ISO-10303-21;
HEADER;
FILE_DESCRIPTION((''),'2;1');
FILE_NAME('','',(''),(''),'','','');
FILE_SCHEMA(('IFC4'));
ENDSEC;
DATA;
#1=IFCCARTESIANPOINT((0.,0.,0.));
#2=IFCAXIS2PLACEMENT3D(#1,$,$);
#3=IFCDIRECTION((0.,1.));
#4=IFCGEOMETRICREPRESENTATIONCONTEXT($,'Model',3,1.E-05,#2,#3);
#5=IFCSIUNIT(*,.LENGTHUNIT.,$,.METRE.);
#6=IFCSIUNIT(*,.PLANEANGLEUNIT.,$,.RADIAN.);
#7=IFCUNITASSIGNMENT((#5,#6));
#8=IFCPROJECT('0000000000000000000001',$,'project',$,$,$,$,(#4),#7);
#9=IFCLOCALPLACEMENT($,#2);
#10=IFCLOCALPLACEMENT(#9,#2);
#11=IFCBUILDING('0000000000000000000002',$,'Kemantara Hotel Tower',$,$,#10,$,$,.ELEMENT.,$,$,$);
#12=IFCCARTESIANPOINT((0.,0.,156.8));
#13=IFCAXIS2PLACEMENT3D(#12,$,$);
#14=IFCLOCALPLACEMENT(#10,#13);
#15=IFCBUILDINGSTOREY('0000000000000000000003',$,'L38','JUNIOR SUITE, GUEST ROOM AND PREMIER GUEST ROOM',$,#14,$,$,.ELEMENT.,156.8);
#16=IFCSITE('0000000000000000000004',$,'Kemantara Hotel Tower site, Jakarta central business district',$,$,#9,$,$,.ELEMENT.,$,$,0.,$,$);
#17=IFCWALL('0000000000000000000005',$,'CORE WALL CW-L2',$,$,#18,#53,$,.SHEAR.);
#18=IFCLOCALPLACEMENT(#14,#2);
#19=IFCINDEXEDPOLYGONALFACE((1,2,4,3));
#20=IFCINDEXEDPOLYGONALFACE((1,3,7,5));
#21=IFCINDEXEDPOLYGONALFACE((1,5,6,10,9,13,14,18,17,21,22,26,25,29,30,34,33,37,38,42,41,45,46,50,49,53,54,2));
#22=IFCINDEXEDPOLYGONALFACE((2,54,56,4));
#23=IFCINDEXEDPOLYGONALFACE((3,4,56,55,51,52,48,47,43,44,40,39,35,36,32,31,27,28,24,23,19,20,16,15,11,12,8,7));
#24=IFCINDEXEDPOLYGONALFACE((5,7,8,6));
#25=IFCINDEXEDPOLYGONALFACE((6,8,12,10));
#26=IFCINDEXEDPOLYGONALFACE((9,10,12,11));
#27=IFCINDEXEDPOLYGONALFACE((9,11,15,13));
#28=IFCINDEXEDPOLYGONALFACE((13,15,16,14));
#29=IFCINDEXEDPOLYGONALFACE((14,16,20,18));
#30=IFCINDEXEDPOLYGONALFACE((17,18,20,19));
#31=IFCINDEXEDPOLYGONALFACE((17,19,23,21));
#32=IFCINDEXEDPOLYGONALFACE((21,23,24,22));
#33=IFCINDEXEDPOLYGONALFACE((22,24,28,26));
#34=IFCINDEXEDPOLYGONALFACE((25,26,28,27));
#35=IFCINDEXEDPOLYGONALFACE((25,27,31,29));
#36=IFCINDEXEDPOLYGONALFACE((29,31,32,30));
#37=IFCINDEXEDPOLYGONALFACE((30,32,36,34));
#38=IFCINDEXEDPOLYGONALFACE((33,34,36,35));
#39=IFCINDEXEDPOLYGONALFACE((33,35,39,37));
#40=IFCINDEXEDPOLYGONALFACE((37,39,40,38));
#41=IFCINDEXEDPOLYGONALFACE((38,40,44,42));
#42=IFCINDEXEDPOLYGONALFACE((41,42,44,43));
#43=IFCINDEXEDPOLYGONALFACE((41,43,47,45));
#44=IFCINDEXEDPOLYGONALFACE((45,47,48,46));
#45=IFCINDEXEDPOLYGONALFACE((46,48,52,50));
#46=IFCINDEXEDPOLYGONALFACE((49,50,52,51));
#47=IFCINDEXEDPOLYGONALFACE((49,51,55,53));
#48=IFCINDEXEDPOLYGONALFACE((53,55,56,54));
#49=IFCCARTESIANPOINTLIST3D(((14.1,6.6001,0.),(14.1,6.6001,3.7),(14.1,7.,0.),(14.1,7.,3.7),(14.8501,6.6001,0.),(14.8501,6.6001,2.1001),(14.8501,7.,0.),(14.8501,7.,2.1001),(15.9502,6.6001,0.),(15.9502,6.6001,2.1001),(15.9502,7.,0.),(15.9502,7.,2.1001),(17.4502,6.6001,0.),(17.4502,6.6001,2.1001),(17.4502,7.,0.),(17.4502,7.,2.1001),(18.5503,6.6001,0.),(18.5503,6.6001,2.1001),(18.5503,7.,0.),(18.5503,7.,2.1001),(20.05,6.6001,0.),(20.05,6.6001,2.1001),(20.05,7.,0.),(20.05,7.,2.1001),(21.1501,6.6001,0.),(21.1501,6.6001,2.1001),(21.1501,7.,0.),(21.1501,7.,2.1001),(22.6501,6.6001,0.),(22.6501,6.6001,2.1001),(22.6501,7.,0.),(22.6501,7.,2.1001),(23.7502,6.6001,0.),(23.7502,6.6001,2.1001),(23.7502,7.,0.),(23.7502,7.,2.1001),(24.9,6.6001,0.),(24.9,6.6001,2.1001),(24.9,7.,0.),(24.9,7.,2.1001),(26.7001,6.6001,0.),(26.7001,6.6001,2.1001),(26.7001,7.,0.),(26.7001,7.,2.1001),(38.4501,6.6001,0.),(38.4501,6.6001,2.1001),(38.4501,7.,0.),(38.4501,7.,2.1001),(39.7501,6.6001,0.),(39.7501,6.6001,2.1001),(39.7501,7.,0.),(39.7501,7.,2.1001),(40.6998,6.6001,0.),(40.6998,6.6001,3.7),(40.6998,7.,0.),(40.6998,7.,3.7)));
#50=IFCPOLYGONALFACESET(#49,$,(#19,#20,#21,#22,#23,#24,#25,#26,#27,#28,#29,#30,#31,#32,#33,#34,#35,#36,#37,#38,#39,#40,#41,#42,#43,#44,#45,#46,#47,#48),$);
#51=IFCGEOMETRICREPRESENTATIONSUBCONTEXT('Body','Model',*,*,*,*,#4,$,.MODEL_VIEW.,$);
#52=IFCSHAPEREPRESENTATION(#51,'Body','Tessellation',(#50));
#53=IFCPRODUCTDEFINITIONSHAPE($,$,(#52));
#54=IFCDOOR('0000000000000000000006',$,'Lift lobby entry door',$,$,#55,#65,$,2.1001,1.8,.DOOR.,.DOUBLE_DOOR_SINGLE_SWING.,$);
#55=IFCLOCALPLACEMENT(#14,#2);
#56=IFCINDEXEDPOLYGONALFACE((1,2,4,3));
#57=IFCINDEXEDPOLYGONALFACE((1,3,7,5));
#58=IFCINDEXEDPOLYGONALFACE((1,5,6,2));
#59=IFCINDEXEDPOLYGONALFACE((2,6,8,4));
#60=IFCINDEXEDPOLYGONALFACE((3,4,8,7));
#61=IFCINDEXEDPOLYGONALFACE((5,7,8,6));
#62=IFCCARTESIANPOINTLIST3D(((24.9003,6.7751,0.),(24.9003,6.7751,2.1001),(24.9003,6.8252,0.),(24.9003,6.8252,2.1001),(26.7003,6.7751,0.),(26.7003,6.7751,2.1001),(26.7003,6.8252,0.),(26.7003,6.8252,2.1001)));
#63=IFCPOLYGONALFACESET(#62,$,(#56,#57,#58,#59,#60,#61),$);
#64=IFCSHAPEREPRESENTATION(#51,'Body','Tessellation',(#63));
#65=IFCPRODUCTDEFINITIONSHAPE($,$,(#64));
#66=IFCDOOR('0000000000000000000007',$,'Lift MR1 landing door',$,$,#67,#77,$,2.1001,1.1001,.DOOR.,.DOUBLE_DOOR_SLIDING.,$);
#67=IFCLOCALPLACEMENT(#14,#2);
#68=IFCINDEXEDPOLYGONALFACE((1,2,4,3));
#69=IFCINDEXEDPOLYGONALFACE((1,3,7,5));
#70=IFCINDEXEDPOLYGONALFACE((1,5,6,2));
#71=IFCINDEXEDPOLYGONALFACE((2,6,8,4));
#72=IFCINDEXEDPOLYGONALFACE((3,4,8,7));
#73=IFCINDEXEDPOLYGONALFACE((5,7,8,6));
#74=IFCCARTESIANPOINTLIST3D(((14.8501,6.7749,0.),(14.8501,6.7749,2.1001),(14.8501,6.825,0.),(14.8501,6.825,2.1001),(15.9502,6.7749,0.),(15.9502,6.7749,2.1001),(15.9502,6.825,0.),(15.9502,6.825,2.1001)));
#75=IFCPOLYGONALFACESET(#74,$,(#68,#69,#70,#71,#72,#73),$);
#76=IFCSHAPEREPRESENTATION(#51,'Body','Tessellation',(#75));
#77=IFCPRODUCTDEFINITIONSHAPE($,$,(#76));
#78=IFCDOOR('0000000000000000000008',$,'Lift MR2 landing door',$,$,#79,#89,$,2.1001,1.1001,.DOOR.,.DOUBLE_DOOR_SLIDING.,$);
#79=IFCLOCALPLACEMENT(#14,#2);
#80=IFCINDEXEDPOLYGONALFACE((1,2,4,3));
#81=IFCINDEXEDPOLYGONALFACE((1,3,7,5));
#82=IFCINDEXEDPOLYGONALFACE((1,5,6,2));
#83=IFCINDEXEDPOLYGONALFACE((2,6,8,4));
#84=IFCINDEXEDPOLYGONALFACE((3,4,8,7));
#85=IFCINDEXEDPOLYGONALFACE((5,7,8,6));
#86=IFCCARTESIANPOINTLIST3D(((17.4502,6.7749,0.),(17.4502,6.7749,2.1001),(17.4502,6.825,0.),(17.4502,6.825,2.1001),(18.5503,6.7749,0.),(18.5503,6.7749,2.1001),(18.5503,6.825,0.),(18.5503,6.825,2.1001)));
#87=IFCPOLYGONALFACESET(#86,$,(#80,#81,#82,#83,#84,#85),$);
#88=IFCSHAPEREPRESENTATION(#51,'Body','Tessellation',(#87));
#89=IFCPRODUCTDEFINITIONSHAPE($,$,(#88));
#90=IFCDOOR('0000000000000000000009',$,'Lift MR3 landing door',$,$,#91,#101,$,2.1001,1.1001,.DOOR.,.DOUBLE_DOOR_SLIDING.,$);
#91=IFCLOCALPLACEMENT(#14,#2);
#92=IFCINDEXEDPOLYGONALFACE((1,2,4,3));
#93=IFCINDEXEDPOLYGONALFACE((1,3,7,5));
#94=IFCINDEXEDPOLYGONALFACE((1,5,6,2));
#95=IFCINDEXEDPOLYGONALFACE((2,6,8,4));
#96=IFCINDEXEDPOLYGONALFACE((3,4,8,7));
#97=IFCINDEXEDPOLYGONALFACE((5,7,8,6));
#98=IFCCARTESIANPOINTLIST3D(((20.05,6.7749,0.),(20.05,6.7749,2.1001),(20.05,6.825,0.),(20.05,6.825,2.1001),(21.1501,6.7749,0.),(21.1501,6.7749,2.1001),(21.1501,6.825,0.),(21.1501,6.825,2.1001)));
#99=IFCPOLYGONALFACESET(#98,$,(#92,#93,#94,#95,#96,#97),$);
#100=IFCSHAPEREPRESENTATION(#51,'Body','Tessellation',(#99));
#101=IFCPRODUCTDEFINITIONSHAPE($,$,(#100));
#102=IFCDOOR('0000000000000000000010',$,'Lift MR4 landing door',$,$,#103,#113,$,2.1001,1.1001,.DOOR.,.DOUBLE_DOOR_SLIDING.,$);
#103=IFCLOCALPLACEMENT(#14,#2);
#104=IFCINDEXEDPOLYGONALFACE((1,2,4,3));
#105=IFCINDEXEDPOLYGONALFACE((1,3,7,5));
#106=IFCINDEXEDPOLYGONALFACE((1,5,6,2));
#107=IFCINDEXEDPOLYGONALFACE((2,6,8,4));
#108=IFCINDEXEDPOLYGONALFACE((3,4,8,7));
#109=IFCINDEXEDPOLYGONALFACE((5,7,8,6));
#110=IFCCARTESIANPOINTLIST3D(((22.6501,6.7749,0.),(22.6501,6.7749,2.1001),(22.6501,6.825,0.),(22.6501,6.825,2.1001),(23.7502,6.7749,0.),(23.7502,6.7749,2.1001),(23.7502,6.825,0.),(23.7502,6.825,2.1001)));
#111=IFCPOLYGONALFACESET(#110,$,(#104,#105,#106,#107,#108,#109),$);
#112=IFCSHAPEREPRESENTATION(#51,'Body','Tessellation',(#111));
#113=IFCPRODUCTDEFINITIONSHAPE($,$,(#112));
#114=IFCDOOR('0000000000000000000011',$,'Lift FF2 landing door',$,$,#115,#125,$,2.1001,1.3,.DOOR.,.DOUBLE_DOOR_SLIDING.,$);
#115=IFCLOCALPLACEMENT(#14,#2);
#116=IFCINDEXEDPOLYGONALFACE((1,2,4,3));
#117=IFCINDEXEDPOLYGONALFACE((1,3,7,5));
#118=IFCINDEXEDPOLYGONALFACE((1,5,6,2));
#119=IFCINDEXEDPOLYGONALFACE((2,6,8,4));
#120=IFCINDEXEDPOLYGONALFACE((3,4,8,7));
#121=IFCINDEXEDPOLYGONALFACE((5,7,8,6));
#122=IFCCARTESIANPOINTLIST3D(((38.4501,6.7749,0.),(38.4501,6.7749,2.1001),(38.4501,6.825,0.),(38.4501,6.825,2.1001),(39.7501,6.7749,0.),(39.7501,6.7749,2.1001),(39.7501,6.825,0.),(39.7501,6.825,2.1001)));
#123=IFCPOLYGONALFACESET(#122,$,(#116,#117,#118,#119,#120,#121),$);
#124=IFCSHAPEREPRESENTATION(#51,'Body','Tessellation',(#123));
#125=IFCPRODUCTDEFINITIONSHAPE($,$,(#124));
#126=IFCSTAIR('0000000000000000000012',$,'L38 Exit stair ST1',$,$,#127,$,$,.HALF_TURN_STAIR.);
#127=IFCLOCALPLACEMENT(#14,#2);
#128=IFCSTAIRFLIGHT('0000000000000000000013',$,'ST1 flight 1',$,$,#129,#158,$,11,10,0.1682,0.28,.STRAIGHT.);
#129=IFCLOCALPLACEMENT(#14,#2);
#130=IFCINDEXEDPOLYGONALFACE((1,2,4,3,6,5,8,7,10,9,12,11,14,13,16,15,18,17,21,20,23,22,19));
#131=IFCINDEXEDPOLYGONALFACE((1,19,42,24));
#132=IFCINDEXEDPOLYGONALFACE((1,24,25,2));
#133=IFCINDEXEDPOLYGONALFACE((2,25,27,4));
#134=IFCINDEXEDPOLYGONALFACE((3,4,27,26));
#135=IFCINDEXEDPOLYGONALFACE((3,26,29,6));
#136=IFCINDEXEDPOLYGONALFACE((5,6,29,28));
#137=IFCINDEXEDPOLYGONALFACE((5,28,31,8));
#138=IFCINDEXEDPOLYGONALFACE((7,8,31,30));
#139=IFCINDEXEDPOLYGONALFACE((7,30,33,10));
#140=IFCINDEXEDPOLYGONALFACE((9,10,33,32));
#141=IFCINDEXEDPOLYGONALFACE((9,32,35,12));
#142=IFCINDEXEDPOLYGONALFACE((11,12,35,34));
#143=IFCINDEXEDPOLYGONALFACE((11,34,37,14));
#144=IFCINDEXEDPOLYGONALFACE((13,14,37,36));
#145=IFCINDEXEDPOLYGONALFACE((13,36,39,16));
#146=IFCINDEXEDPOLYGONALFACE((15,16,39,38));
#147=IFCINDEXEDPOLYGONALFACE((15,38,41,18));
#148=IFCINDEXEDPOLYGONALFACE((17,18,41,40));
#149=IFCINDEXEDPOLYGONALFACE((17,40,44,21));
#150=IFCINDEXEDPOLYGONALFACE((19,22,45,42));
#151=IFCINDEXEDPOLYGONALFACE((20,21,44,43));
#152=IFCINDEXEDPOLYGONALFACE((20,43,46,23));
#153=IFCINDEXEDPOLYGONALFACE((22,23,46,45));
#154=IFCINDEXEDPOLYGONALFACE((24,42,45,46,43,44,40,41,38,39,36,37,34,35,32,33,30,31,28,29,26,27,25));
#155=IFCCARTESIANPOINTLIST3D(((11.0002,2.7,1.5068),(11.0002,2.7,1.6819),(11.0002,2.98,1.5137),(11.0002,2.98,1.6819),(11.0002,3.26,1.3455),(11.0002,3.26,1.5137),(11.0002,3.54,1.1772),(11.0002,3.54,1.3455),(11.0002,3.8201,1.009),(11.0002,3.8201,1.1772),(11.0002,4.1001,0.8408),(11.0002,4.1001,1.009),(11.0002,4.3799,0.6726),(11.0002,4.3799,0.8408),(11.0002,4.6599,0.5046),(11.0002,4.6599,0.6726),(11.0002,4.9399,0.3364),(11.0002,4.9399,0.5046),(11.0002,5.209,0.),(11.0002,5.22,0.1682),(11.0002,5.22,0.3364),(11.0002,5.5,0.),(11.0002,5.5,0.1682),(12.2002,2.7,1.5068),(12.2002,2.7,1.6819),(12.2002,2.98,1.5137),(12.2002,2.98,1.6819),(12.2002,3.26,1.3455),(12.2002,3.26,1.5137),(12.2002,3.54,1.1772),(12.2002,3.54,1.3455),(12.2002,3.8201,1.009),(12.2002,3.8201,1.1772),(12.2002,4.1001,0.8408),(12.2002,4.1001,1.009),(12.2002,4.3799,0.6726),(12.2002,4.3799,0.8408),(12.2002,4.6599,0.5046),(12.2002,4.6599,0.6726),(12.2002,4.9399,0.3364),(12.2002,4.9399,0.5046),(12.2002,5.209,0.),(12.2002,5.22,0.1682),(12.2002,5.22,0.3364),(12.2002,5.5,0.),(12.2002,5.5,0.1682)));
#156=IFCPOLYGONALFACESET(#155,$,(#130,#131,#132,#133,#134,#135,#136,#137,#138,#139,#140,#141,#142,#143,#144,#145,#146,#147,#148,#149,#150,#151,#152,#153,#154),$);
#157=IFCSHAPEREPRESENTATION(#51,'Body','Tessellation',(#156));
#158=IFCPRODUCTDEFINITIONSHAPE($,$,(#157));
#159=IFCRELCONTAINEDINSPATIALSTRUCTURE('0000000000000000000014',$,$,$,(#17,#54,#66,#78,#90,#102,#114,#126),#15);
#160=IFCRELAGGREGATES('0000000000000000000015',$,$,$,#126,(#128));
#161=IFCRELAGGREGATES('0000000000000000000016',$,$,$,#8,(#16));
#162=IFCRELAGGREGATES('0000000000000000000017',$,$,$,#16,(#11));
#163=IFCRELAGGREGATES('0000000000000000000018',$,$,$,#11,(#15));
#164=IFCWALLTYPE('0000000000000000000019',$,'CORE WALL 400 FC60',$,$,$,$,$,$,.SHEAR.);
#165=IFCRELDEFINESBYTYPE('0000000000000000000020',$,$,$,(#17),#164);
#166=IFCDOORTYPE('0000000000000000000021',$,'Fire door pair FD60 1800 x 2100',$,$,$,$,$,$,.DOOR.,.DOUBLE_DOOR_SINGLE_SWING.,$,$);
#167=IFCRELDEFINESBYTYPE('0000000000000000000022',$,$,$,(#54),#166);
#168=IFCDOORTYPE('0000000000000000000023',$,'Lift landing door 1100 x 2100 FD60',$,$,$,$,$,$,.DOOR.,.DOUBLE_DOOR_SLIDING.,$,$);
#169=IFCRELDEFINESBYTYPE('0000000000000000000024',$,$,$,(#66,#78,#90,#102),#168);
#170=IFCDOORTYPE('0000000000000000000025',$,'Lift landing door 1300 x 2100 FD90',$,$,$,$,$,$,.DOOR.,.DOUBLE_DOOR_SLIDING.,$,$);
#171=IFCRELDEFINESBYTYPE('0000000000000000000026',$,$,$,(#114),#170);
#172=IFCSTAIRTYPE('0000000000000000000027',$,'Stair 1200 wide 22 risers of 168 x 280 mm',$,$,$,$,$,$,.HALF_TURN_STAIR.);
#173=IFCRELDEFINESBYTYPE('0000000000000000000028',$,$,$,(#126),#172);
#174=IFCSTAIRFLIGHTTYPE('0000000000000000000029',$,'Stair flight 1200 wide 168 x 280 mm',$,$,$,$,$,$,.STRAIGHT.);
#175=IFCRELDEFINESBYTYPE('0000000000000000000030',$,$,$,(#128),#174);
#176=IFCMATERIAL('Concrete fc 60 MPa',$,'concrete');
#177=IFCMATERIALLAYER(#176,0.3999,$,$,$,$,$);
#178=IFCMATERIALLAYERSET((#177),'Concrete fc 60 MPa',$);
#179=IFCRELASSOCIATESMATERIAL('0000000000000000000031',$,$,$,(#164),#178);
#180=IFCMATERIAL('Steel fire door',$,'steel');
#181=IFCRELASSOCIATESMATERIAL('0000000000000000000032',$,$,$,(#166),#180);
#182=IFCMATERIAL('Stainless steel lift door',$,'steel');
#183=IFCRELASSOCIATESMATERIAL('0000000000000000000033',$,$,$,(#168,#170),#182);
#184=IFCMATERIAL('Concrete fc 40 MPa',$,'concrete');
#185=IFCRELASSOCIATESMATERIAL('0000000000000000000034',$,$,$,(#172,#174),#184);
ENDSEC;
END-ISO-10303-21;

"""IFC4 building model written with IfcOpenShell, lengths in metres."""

from ifc_helpers import new_model, si_unit, direction, frame, frame_2d, origin, place, context, subcontext, project, spatial, polyline, rectangle, outline, extrude, material, layer, layer_set, type_object, element, fill, aggregate, save


model = new_model("IFC4")

# Units and contexts
model_context = context("Model", 3, precision=1e-05, world=origin(), true_north=direction((0.0, 1.0)))
body_context = subcontext(model_context, "Body", "Model", "MODEL_VIEW")
ifc_project = project(units=[si_unit("LENGTHUNIT", "METRE"), si_unit("PLANEANGLEUNIT", "RADIAN")], contexts=[model_context])

# Site, building, storey
site_placement = place(None, origin())
site = spatial("IfcSite", under=ifc_project, at=site_placement, Name="Kemantara Hotel Tower site, Jakarta central business district", CompositionType="ELEMENT", RefElevation=0.0)
building_placement = place(site_placement, origin())
building = spatial("IfcBuilding", under=site, at=building_placement, Name="Kemantara Hotel Tower", CompositionType="ELEMENT")
storey_placement = place(building_placement, frame((0.0, 0.0, 156.8)))
storey = spatial("IfcBuildingStorey", under=building, at=storey_placement, Name="L38", Description="JUNIOR SUITE, GUEST ROOM AND PREMIER GUEST ROOM", CompositionType="ELEMENT", Elevation=156.8)

# Shared definitions
ifc_material_1 = material(Name="Concrete fc 60 MPa", Category="concrete")

# Shared definitions
ifc_layer_1 = layer(ifc_material_1, 0.3999)
ifc_layer_set_1 = layer_set([ifc_layer_1], Name="Concrete fc 60 MPa")
wall_type_1 = type_object("IfcWallType", Name="CORE WALL 400 FC60", PredefinedType="SHEAR", material=ifc_layer_set_1)
ifc_material_2 = material(Name="Steel fire door", Category="steel")

# Wall, openings, doors
wall_1_placement = place(storey_placement, frame((14.1001, 6.8, 0.0), z_axis=(0.0, 0.0, 1.0), x_axis=(1.0, 0.0, 0.0)))
wall_1 = element("IfcWall", 1, at=wall_1_placement, inside=storey, type_object=wall_type_1, Name="CORE WALL CW-L2", PredefinedType="SHEAR", context=body_context, shape_type="SweptSolid", body=[
    extrude(rectangle(XDim=26.5999, YDim=0.3999, at=frame_2d((13.2998, 0.0))), origin(), (0.0, 0.0, 1.0), 3.7),
])
opening_1_placement = place(wall_1_placement, frame((10.8, 0.0, 0.0)))
opening_1 = element("IfcOpeningElement", 2, at=opening_1_placement, cuts=wall_1, PredefinedType="OPENING", context=body_context, shape_type="SweptSolid", body=[
    extrude(rectangle(XDim=1.8, YDim=2.1001, at=frame_2d((0.8999, 1.05))), frame((0.0, 0.21, 0.0), z_axis=(0.0, -1.0, 0.0), x_axis=(1.0, 0.0, 0.0)), (0.0, 0.0, 1.0), 0.4199),
])
opening_2_placement = place(wall_1_placement, frame((0.75, 0.0, 0.0)))
opening_2 = element("IfcOpeningElement", 3, at=opening_2_placement, cuts=wall_1, PredefinedType="OPENING", context=body_context, shape_type="SweptSolid", body=[
    extrude(rectangle(XDim=1.1001, YDim=2.1001, at=frame_2d((0.55, 1.05))), frame((0.0, 0.21, 0.0), z_axis=(0.0, -1.0, 0.0), x_axis=(1.0, 0.0, 0.0)), (0.0, 0.0, 1.0), 0.4199),
])
opening_3_placement = place(wall_1_placement, frame((3.3501, 0.0, 0.0)))
opening_3 = element("IfcOpeningElement", 4, at=opening_3_placement, cuts=wall_1, PredefinedType="OPENING", context=body_context, shape_type="SweptSolid", body=[
    extrude(rectangle(XDim=1.1001, YDim=2.1001, at=frame_2d((0.55, 1.05))), frame((0.0, 0.21, 0.0), z_axis=(0.0, -1.0, 0.0), x_axis=(1.0, 0.0, 0.0)), (0.0, 0.0, 1.0), 0.4199),
])
opening_4_placement = place(wall_1_placement, frame((5.95, 0.0, 0.0)))
opening_4 = element("IfcOpeningElement", 5, at=opening_4_placement, cuts=wall_1, PredefinedType="OPENING", context=body_context, shape_type="SweptSolid", body=[
    extrude(rectangle(XDim=1.1001, YDim=2.1001, at=frame_2d((0.55, 1.05))), frame((0.0, 0.21, 0.0), z_axis=(0.0, -1.0, 0.0), x_axis=(1.0, 0.0, 0.0)), (0.0, 0.0, 1.0), 0.4199),
])
opening_5_placement = place(wall_1_placement, frame((8.55, 0.0, 0.0)))
opening_5 = element("IfcOpeningElement", 6, at=opening_5_placement, cuts=wall_1, PredefinedType="OPENING", context=body_context, shape_type="SweptSolid", body=[
    extrude(rectangle(XDim=1.1001, YDim=2.1001, at=frame_2d((0.55, 1.05))), frame((0.0, 0.21, 0.0), z_axis=(0.0, -1.0, 0.0), x_axis=(1.0, 0.0, 0.0)), (0.0, 0.0, 1.0), 0.4199),
])
opening_6_placement = place(wall_1_placement, frame((24.3501, 0.0, 0.0)))
opening_6 = element("IfcOpeningElement", 7, at=opening_6_placement, cuts=wall_1, PredefinedType="OPENING", context=body_context, shape_type="SweptSolid", body=[
    extrude(rectangle(XDim=1.3, YDim=2.1001, at=frame_2d((0.6499, 1.05))), frame((0.0, 0.21, 0.0), z_axis=(0.0, -1.0, 0.0), x_axis=(1.0, 0.0, 0.0)), (0.0, 0.0, 1.0), 0.4199),
])
door_type_1 = type_object("IfcDoorType", Name="Fire door pair FD60 1800 x 2100", OperationType="DOUBLE_DOOR_SINGLE_SWING", PredefinedType="DOOR", material=ifc_material_2)
door_1_placement = place(opening_1_placement, frame((1.8, 0.0, 0.0), z_axis=(0.0, 0.0, 1.0), x_axis=(-1.0, 0.0, 0.0)))
door_1 = element("IfcDoor", 8, at=door_1_placement, inside=storey, type_object=door_type_1, Name="Lift lobby entry door", OperationType="DOUBLE_DOOR_SINGLE_SWING", OverallHeight=2.1001, OverallWidth=1.8, PredefinedType="DOOR", context=body_context, shape_type="SweptSolid", body=[
    extrude(rectangle(XDim=1.8, YDim=2.1001, at=frame_2d((0.8999, 1.05))), frame((0.0, 0.0249, 0.0), z_axis=(0.0, -1.0, 0.0), x_axis=(1.0, 0.0, 0.0)), (0.0, 0.0, 1.0), 0.05),
])
fill(opening_1, door_1)
ifc_material_3 = material(Name="Stainless steel lift door", Category="steel")
door_type_2 = type_object("IfcDoorType", Name="Lift landing door 1100 x 2100 FD60", OperationType="DOUBLE_DOOR_SLIDING", PredefinedType="DOOR", material=ifc_material_3)
door_2_placement = place(opening_2_placement, origin())
door_2 = element("IfcDoor", 9, at=door_2_placement, inside=storey, type_object=door_type_2, Name="Lift MR1 landing door", OperationType="DOUBLE_DOOR_SLIDING", OverallHeight=2.1001, OverallWidth=1.1001, PredefinedType="DOOR", context=body_context, shape_type="SweptSolid", body=[
    extrude(rectangle(XDim=1.1001, YDim=2.1001, at=frame_2d((0.55, 1.05))), frame((0.0, 0.0249, 0.0), z_axis=(0.0, -1.0, 0.0), x_axis=(1.0, 0.0, 0.0)), (0.0, 0.0, 1.0), 0.05),
])
fill(opening_2, door_2)
door_3_placement = place(opening_3_placement, origin())
door_3 = element("IfcDoor", 10, at=door_3_placement, inside=storey, type_object=door_type_2, Name="Lift MR2 landing door", OperationType="DOUBLE_DOOR_SLIDING", OverallHeight=2.1001, OverallWidth=1.1001, PredefinedType="DOOR", context=body_context, shape_type="SweptSolid", body=[
    extrude(rectangle(XDim=1.1001, YDim=2.1001, at=frame_2d((0.55, 1.05))), frame((0.0, 0.0249, 0.0), z_axis=(0.0, -1.0, 0.0), x_axis=(1.0, 0.0, 0.0)), (0.0, 0.0, 1.0), 0.05),
])
fill(opening_3, door_3)
door_4_placement = place(opening_4_placement, origin())
door_4 = element("IfcDoor", 11, at=door_4_placement, inside=storey, type_object=door_type_2, Name="Lift MR3 landing door", OperationType="DOUBLE_DOOR_SLIDING", OverallHeight=2.1001, OverallWidth=1.1001, PredefinedType="DOOR", context=body_context, shape_type="SweptSolid", body=[
    extrude(rectangle(XDim=1.1001, YDim=2.1001, at=frame_2d((0.55, 1.05))), frame((0.0, 0.0249, 0.0), z_axis=(0.0, -1.0, 0.0), x_axis=(1.0, 0.0, 0.0)), (0.0, 0.0, 1.0), 0.05),
])
fill(opening_4, door_4)
door_5_placement = place(opening_5_placement, origin())
door_5 = element("IfcDoor", 12, at=door_5_placement, inside=storey, type_object=door_type_2, Name="Lift MR4 landing door", OperationType="DOUBLE_DOOR_SLIDING", OverallHeight=2.1001, OverallWidth=1.1001, PredefinedType="DOOR", context=body_context, shape_type="SweptSolid", body=[
    extrude(rectangle(XDim=1.1001, YDim=2.1001, at=frame_2d((0.55, 1.05))), frame((0.0, 0.0249, 0.0), z_axis=(0.0, -1.0, 0.0), x_axis=(1.0, 0.0, 0.0)), (0.0, 0.0, 1.0), 0.05),
])
fill(opening_5, door_5)
door_type_3 = type_object("IfcDoorType", Name="Lift landing door 1300 x 2100 FD90", OperationType="DOUBLE_DOOR_SLIDING", PredefinedType="DOOR", material=ifc_material_3)
door_6_placement = place(opening_6_placement, origin())
door_6 = element("IfcDoor", 13, at=door_6_placement, inside=storey, type_object=door_type_3, Name="Lift FF2 landing door", OperationType="DOUBLE_DOOR_SLIDING", OverallHeight=2.1001, OverallWidth=1.3, PredefinedType="DOOR", context=body_context, shape_type="SweptSolid", body=[
    extrude(rectangle(XDim=1.3, YDim=2.1001, at=frame_2d((0.6499, 1.05))), frame((0.0, 0.0249, 0.0), z_axis=(0.0, -1.0, 0.0), x_axis=(1.0, 0.0, 0.0)), (0.0, 0.0, 1.0), 0.05),
])
fill(opening_6, door_6)

# Stair, stair flight
ifc_material_4 = material(Name="Concrete fc 40 MPa", Category="concrete")
stair_type = type_object("IfcStairType", Name="Stair 1200 wide 22 risers of 168 x 280 mm", PredefinedType="HALF_TURN_STAIR", material=ifc_material_4)
stair_placement = place(storey_placement, origin())
stair = element("IfcStair", 14, at=stair_placement, inside=storey, type_object=stair_type, Name="L38 Exit stair ST1", PredefinedType="HALF_TURN_STAIR")
stair_flight_type = type_object("IfcStairFlightType", Name="Stair flight 1200 wide 168 x 280 mm", PredefinedType="STRAIGHT", material=ifc_material_4)
stair_flight_placement = place(storey_placement, frame((11.6001, 5.5, 0.0), z_axis=(0.0, 0.0, 1.0), x_axis=(0.0, -1.0, 0.0)))
stair_flight = element("IfcStairFlight", 15, at=stair_flight_placement, type_object=stair_flight_type, Name="ST1 flight 1", NumberOfRisers=11, NumberOfTreads=10, PredefinedType="STRAIGHT", RiserHeight=0.1682, TreadLength=0.28, context=body_context, shape_type="SweptSolid", body=[
    extrude(outline(polyline([(0.0, 0.0), (0.0, 0.1682), (0.28, 0.1682), (0.28, 0.3364), (0.5601, 0.3364), (0.5601, 0.5046), (0.8401, 0.5046), (0.8401, 0.6726), (1.1201, 0.6726), (1.1201, 0.8408), (1.3999, 0.8408), (1.3999, 1.009), (1.6799, 1.009), (1.6799, 1.1772), (1.96, 1.1772), (1.96, 1.3455), (2.24, 1.3455), (2.24, 1.5137), (2.52, 1.5137), (2.52, 1.6819), (2.8, 1.6819), (2.8, 1.8501), (2.8, 1.5068), (0.291, 0.0), (0.0, 0.0)])), frame((0.0, 0.6001, 0.0), z_axis=(0.0, -1.0, 0.0), x_axis=(1.0, 0.0, 0.0)), (0.0, 0.0, 1.0), 1.2),
])
aggregate(stair, [stair_flight])

save(model, "model.ifc")
